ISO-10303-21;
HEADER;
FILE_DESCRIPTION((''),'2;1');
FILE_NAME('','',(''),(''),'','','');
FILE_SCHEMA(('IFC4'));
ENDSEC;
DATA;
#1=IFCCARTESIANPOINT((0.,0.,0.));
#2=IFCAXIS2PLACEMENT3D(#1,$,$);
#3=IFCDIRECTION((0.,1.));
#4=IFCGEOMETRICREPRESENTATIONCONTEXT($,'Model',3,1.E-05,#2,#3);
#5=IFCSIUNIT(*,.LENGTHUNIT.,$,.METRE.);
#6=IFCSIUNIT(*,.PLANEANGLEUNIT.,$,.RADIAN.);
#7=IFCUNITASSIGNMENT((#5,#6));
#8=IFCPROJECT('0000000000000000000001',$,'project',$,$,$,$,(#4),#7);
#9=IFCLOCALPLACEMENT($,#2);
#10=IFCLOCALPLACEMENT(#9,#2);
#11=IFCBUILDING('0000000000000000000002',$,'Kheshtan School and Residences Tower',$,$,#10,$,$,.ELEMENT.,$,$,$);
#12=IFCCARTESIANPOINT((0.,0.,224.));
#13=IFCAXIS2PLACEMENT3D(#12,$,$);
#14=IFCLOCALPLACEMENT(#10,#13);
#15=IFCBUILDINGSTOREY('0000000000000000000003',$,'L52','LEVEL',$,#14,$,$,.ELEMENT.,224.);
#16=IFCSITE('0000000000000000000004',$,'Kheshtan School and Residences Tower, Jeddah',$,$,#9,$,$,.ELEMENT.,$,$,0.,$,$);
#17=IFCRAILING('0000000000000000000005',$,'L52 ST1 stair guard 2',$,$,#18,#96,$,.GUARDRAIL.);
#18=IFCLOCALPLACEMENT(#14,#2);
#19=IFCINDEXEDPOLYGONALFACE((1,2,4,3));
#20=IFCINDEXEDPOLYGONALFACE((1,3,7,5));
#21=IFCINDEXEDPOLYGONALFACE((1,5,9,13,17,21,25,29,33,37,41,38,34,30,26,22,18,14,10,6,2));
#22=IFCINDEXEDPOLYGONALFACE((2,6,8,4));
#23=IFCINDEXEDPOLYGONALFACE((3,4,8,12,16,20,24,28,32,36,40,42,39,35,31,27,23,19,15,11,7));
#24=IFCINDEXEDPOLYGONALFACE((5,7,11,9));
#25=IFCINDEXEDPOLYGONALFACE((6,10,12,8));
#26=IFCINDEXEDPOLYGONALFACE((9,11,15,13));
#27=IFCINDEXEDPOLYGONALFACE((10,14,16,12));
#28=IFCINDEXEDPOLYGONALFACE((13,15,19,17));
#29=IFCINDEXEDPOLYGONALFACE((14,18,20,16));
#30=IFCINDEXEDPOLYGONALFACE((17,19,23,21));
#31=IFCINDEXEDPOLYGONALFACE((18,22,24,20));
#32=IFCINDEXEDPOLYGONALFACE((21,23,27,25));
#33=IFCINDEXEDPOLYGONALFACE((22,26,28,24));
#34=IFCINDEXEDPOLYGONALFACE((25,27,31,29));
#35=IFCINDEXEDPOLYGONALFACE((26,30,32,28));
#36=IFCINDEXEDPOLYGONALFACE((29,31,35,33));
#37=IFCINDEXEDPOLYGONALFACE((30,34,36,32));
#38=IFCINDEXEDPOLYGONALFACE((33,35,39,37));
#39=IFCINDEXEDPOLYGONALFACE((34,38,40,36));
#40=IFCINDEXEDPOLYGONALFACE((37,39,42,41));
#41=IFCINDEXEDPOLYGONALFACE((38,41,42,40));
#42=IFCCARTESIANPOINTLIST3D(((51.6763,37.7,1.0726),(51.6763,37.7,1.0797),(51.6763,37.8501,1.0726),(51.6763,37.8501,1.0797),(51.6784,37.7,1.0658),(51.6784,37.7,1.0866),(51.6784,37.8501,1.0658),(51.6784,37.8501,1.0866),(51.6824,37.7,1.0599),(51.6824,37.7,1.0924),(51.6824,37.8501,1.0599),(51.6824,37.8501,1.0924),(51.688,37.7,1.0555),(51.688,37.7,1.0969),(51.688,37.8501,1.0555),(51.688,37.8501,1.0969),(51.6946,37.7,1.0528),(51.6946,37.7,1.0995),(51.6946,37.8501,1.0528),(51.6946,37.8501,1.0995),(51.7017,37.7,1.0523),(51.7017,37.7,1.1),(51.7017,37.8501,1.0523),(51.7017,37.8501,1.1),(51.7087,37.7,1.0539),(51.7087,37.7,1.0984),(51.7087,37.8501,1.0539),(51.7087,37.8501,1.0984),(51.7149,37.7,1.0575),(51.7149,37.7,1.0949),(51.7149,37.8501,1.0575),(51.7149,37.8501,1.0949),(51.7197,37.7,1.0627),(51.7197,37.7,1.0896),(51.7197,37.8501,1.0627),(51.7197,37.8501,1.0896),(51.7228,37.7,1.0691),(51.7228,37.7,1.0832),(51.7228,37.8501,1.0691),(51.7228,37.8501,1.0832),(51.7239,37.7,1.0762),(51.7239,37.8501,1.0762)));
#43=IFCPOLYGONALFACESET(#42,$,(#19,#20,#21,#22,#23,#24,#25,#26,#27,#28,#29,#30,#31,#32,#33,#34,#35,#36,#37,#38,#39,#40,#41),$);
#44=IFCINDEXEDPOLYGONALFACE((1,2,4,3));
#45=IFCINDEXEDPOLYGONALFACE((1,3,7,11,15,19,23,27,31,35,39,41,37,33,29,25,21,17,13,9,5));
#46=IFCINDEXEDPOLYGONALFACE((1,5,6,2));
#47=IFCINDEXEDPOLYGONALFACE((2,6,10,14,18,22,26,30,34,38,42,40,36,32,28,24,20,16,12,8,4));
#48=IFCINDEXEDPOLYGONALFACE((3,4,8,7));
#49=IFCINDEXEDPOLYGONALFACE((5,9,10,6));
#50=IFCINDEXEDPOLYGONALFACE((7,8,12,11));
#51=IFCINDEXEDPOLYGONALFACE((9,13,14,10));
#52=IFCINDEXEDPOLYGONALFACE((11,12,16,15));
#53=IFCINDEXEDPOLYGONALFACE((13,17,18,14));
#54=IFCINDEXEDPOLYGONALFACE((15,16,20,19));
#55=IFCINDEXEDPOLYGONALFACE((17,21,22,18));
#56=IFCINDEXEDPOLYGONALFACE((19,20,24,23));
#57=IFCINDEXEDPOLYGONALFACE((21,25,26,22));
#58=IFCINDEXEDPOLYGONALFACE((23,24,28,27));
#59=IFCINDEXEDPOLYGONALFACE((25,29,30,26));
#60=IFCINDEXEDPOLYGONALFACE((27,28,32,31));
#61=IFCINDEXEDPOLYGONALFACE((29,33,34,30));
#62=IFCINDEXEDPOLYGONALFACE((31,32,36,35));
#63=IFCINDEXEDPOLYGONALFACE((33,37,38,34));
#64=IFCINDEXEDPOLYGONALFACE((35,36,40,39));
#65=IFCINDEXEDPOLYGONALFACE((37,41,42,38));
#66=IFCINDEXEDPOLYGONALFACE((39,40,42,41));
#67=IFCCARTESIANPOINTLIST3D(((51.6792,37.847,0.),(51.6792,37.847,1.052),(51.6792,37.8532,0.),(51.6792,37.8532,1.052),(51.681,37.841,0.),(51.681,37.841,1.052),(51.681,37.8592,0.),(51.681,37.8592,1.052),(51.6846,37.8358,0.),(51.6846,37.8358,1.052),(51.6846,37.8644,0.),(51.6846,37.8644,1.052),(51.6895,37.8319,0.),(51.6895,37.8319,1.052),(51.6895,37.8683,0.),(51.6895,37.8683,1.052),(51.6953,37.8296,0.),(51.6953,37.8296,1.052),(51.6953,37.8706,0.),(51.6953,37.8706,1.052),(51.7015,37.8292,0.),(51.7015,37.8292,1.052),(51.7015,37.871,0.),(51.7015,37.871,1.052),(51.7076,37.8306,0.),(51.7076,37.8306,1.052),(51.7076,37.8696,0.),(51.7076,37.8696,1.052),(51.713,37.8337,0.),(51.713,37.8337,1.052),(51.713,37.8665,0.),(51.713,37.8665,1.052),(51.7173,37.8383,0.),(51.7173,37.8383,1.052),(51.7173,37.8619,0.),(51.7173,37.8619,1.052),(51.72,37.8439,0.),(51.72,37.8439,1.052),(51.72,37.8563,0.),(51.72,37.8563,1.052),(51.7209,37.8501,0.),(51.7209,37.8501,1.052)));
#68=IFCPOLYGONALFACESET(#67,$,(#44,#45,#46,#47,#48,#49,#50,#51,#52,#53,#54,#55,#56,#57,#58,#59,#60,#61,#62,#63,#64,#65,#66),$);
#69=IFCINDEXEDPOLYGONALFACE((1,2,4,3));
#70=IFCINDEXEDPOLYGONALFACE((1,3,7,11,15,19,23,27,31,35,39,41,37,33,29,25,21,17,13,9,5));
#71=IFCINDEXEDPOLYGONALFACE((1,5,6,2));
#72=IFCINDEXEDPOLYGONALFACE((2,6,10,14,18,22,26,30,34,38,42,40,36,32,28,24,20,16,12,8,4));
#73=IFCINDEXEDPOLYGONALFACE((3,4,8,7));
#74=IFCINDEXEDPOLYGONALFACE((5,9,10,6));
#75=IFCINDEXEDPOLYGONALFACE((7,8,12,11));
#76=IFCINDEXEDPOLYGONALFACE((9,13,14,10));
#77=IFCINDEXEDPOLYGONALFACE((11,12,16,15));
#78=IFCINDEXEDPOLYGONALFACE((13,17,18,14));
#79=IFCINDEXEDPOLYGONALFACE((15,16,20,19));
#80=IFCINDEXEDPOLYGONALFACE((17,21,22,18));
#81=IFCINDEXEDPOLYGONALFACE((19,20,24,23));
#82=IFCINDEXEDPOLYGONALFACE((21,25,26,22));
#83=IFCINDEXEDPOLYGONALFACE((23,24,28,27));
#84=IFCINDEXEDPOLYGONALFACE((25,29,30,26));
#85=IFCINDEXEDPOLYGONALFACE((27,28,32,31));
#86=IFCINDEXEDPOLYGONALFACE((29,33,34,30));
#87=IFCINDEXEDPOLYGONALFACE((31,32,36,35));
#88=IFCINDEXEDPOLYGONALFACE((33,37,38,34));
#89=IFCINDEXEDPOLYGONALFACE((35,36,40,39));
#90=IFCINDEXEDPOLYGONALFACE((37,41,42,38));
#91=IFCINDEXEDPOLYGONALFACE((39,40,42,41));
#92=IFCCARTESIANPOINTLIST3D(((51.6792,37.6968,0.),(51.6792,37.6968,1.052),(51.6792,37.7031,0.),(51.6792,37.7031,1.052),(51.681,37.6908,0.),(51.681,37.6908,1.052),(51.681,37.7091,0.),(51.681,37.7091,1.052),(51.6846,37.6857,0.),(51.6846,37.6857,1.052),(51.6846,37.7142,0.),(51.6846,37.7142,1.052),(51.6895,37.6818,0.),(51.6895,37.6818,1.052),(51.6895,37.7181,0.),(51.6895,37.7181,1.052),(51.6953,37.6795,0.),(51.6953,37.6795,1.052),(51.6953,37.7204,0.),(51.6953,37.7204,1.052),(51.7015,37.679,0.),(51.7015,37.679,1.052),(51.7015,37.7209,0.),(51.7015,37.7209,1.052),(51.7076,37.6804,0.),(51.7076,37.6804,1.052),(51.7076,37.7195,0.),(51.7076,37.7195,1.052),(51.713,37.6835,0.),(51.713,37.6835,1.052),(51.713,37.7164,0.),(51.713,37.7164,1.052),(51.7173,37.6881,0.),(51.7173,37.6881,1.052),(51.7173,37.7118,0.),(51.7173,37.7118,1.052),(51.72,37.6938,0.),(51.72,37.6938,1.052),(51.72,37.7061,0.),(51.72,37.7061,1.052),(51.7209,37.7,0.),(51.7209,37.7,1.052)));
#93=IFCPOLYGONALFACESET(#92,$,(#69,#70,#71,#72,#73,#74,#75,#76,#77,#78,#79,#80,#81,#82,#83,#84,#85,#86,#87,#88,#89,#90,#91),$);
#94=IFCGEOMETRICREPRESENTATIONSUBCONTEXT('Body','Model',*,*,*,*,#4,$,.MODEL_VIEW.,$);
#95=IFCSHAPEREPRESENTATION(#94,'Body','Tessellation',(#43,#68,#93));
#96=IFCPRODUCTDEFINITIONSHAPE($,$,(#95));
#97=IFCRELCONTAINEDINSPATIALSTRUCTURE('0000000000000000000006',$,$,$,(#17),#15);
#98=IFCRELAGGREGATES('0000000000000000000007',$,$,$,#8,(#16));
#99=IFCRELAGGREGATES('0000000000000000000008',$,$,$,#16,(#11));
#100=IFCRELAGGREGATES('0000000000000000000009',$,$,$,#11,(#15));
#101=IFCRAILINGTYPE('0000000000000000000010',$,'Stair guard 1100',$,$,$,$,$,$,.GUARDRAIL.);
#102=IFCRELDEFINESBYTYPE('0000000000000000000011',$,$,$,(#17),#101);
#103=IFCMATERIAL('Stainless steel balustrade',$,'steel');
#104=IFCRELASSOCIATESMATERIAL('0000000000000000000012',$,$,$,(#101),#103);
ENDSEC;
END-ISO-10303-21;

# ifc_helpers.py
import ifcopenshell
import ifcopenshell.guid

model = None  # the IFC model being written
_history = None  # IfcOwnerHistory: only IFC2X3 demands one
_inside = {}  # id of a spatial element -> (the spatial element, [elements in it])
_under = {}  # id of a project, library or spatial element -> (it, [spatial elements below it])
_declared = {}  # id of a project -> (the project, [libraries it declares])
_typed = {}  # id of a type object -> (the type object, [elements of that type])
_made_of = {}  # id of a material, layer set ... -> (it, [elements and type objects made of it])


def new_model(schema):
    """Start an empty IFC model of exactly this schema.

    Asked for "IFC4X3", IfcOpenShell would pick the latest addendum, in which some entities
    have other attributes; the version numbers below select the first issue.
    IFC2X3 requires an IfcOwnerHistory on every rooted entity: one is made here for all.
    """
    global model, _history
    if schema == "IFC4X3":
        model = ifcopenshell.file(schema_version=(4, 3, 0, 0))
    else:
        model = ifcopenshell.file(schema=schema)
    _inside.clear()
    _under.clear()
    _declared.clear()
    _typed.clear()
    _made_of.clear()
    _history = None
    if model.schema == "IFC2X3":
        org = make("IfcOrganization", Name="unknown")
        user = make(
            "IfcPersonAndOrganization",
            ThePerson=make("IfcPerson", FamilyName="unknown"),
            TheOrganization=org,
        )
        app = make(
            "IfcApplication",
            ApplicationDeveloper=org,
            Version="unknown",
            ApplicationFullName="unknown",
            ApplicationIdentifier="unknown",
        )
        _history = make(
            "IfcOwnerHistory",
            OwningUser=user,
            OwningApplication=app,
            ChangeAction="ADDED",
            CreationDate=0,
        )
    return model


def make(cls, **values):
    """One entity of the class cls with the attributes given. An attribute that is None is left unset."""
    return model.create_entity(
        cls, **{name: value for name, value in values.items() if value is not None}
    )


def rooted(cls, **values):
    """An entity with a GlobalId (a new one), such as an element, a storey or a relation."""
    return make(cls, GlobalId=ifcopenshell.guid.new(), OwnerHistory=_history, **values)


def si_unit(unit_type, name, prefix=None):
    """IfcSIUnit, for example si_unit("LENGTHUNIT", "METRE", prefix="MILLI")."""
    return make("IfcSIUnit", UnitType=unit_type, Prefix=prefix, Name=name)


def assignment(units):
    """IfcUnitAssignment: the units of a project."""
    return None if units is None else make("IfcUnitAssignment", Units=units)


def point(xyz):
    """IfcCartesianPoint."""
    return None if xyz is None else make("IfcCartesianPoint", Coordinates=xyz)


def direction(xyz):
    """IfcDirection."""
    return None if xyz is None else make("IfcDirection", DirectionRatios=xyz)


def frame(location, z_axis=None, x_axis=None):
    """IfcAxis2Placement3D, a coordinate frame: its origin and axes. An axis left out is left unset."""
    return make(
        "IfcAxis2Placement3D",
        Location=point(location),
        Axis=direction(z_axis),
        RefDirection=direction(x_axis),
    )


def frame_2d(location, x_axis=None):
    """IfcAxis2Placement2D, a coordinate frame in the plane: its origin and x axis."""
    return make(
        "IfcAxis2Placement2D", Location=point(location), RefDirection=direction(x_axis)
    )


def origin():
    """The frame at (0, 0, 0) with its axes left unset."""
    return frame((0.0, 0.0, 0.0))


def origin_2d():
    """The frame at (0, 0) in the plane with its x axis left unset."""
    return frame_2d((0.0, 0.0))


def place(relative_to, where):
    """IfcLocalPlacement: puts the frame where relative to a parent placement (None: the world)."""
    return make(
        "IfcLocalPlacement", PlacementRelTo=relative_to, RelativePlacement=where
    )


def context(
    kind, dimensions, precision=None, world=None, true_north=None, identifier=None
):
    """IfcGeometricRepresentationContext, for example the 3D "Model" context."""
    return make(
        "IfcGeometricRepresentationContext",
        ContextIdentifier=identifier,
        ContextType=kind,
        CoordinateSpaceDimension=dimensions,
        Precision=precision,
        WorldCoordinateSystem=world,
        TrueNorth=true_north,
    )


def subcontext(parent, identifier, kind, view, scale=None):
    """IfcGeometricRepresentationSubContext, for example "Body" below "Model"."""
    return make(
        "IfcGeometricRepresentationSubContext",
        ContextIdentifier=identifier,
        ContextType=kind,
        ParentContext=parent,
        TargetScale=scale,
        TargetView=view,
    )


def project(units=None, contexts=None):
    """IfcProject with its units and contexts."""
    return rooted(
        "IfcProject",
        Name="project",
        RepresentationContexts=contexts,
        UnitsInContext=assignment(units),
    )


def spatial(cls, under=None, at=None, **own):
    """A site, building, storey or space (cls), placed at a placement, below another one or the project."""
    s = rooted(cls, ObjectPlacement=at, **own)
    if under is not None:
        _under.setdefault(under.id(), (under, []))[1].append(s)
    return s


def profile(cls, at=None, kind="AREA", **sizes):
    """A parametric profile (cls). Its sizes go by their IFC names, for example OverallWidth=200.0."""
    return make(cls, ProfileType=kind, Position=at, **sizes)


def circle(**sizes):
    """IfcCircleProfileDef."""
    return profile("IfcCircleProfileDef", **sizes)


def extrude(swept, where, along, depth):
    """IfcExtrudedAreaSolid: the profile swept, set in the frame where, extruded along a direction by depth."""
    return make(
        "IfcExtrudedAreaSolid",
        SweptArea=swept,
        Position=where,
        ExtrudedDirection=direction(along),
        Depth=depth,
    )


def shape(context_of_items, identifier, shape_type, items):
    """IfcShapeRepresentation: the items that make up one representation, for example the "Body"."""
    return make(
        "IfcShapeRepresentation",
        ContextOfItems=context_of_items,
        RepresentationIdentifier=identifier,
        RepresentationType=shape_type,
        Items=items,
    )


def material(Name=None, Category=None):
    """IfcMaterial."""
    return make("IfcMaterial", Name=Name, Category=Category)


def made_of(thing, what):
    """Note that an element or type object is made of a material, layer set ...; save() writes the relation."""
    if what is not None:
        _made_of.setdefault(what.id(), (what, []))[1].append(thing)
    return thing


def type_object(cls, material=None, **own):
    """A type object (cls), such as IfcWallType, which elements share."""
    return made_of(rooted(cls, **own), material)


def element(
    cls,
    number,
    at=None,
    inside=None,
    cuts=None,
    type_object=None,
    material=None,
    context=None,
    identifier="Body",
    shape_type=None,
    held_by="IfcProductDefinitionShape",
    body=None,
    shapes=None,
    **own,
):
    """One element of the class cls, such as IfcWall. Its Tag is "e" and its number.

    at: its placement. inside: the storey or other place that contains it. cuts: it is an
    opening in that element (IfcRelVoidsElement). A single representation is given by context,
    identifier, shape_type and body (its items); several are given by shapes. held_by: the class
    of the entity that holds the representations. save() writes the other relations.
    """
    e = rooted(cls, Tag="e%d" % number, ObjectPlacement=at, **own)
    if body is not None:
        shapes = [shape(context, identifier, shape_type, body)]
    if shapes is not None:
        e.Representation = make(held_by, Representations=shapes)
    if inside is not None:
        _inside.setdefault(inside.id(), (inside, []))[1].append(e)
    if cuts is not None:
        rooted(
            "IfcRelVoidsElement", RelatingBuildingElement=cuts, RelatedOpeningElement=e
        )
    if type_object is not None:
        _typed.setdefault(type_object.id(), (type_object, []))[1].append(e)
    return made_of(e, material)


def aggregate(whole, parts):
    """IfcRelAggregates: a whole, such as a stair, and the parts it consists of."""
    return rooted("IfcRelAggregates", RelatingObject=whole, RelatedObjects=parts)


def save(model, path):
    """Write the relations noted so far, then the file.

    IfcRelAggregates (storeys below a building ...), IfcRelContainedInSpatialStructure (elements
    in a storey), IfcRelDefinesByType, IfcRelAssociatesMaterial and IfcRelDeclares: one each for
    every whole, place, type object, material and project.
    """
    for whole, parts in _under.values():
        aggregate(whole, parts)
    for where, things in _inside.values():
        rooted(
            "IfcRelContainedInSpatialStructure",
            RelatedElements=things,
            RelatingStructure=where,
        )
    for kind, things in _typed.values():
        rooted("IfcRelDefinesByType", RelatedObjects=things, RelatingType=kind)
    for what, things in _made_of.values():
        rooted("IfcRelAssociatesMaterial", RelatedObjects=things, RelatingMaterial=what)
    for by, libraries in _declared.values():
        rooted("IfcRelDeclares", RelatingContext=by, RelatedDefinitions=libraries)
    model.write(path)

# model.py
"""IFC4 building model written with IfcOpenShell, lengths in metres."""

from ifc_helpers import new_model, si_unit, direction, frame, origin, origin_2d, place, context, subcontext, project, spatial, circle, extrude, material, type_object, element, save


model = new_model("IFC4")

# Units and contexts
model_context = context("Model", 3, precision=1e-05, world=origin(), true_north=direction((0.0, 1.0)))
body_context = subcontext(model_context, "Body", "Model", "MODEL_VIEW")
ifc_project = project(units=[si_unit("LENGTHUNIT", "METRE"), si_unit("PLANEANGLEUNIT", "RADIAN")], contexts=[model_context])

# Site, building, storey
site_placement = place(None, origin())
site = spatial("IfcSite", under=ifc_project, at=site_placement, Name="Kheshtan School and Residences Tower, Jeddah", CompositionType="ELEMENT", RefElevation=0.0)
building_placement = place(site_placement, origin())
building = spatial("IfcBuilding", under=site, at=building_placement, Name="Kheshtan School and Residences Tower", CompositionType="ELEMENT")
storey_placement = place(building_placement, frame((0.0, 0.0, 224.0)))
storey = spatial("IfcBuildingStorey", under=building, at=storey_placement, Name="L52", Description="LEVEL", CompositionType="ELEMENT", Elevation=224.0)

# Railing
ifc_material_1 = material(Name="Stainless steel balustrade", Category="steel")
railing_type_1 = type_object("IfcRailingType", Name="Stair guard 1100", PredefinedType="GUARDRAIL", material=ifc_material_1)
railing_1_placement = place(storey_placement, frame((51.7, 37.8501, 0.0)))
element("IfcRailing", 1, at=railing_1_placement, inside=storey, type_object=railing_type_1, Name="L52 ST1 stair guard 2", PredefinedType="GUARDRAIL", context=body_context, shape_type="SweptSolid", body=[
    extrude(circle(Radius=0.0239, at=origin_2d()), frame((0.0, 0.0, 1.0762), z_axis=(0.0, -1.0, 0.0), x_axis=(1.0, 0.0, 0.0)), (0.0, 0.0, 1.0), 0.1501),
    extrude(circle(Radius=0.021, at=origin_2d()), origin(), (0.0, 0.0, 1.0), 1.052),
    extrude(circle(Radius=0.021, at=origin_2d()), frame((0.0, -0.1501, 0.0)), (0.0, 0.0, 1.0), 1.052),
])

save(model, "model.ifc")
